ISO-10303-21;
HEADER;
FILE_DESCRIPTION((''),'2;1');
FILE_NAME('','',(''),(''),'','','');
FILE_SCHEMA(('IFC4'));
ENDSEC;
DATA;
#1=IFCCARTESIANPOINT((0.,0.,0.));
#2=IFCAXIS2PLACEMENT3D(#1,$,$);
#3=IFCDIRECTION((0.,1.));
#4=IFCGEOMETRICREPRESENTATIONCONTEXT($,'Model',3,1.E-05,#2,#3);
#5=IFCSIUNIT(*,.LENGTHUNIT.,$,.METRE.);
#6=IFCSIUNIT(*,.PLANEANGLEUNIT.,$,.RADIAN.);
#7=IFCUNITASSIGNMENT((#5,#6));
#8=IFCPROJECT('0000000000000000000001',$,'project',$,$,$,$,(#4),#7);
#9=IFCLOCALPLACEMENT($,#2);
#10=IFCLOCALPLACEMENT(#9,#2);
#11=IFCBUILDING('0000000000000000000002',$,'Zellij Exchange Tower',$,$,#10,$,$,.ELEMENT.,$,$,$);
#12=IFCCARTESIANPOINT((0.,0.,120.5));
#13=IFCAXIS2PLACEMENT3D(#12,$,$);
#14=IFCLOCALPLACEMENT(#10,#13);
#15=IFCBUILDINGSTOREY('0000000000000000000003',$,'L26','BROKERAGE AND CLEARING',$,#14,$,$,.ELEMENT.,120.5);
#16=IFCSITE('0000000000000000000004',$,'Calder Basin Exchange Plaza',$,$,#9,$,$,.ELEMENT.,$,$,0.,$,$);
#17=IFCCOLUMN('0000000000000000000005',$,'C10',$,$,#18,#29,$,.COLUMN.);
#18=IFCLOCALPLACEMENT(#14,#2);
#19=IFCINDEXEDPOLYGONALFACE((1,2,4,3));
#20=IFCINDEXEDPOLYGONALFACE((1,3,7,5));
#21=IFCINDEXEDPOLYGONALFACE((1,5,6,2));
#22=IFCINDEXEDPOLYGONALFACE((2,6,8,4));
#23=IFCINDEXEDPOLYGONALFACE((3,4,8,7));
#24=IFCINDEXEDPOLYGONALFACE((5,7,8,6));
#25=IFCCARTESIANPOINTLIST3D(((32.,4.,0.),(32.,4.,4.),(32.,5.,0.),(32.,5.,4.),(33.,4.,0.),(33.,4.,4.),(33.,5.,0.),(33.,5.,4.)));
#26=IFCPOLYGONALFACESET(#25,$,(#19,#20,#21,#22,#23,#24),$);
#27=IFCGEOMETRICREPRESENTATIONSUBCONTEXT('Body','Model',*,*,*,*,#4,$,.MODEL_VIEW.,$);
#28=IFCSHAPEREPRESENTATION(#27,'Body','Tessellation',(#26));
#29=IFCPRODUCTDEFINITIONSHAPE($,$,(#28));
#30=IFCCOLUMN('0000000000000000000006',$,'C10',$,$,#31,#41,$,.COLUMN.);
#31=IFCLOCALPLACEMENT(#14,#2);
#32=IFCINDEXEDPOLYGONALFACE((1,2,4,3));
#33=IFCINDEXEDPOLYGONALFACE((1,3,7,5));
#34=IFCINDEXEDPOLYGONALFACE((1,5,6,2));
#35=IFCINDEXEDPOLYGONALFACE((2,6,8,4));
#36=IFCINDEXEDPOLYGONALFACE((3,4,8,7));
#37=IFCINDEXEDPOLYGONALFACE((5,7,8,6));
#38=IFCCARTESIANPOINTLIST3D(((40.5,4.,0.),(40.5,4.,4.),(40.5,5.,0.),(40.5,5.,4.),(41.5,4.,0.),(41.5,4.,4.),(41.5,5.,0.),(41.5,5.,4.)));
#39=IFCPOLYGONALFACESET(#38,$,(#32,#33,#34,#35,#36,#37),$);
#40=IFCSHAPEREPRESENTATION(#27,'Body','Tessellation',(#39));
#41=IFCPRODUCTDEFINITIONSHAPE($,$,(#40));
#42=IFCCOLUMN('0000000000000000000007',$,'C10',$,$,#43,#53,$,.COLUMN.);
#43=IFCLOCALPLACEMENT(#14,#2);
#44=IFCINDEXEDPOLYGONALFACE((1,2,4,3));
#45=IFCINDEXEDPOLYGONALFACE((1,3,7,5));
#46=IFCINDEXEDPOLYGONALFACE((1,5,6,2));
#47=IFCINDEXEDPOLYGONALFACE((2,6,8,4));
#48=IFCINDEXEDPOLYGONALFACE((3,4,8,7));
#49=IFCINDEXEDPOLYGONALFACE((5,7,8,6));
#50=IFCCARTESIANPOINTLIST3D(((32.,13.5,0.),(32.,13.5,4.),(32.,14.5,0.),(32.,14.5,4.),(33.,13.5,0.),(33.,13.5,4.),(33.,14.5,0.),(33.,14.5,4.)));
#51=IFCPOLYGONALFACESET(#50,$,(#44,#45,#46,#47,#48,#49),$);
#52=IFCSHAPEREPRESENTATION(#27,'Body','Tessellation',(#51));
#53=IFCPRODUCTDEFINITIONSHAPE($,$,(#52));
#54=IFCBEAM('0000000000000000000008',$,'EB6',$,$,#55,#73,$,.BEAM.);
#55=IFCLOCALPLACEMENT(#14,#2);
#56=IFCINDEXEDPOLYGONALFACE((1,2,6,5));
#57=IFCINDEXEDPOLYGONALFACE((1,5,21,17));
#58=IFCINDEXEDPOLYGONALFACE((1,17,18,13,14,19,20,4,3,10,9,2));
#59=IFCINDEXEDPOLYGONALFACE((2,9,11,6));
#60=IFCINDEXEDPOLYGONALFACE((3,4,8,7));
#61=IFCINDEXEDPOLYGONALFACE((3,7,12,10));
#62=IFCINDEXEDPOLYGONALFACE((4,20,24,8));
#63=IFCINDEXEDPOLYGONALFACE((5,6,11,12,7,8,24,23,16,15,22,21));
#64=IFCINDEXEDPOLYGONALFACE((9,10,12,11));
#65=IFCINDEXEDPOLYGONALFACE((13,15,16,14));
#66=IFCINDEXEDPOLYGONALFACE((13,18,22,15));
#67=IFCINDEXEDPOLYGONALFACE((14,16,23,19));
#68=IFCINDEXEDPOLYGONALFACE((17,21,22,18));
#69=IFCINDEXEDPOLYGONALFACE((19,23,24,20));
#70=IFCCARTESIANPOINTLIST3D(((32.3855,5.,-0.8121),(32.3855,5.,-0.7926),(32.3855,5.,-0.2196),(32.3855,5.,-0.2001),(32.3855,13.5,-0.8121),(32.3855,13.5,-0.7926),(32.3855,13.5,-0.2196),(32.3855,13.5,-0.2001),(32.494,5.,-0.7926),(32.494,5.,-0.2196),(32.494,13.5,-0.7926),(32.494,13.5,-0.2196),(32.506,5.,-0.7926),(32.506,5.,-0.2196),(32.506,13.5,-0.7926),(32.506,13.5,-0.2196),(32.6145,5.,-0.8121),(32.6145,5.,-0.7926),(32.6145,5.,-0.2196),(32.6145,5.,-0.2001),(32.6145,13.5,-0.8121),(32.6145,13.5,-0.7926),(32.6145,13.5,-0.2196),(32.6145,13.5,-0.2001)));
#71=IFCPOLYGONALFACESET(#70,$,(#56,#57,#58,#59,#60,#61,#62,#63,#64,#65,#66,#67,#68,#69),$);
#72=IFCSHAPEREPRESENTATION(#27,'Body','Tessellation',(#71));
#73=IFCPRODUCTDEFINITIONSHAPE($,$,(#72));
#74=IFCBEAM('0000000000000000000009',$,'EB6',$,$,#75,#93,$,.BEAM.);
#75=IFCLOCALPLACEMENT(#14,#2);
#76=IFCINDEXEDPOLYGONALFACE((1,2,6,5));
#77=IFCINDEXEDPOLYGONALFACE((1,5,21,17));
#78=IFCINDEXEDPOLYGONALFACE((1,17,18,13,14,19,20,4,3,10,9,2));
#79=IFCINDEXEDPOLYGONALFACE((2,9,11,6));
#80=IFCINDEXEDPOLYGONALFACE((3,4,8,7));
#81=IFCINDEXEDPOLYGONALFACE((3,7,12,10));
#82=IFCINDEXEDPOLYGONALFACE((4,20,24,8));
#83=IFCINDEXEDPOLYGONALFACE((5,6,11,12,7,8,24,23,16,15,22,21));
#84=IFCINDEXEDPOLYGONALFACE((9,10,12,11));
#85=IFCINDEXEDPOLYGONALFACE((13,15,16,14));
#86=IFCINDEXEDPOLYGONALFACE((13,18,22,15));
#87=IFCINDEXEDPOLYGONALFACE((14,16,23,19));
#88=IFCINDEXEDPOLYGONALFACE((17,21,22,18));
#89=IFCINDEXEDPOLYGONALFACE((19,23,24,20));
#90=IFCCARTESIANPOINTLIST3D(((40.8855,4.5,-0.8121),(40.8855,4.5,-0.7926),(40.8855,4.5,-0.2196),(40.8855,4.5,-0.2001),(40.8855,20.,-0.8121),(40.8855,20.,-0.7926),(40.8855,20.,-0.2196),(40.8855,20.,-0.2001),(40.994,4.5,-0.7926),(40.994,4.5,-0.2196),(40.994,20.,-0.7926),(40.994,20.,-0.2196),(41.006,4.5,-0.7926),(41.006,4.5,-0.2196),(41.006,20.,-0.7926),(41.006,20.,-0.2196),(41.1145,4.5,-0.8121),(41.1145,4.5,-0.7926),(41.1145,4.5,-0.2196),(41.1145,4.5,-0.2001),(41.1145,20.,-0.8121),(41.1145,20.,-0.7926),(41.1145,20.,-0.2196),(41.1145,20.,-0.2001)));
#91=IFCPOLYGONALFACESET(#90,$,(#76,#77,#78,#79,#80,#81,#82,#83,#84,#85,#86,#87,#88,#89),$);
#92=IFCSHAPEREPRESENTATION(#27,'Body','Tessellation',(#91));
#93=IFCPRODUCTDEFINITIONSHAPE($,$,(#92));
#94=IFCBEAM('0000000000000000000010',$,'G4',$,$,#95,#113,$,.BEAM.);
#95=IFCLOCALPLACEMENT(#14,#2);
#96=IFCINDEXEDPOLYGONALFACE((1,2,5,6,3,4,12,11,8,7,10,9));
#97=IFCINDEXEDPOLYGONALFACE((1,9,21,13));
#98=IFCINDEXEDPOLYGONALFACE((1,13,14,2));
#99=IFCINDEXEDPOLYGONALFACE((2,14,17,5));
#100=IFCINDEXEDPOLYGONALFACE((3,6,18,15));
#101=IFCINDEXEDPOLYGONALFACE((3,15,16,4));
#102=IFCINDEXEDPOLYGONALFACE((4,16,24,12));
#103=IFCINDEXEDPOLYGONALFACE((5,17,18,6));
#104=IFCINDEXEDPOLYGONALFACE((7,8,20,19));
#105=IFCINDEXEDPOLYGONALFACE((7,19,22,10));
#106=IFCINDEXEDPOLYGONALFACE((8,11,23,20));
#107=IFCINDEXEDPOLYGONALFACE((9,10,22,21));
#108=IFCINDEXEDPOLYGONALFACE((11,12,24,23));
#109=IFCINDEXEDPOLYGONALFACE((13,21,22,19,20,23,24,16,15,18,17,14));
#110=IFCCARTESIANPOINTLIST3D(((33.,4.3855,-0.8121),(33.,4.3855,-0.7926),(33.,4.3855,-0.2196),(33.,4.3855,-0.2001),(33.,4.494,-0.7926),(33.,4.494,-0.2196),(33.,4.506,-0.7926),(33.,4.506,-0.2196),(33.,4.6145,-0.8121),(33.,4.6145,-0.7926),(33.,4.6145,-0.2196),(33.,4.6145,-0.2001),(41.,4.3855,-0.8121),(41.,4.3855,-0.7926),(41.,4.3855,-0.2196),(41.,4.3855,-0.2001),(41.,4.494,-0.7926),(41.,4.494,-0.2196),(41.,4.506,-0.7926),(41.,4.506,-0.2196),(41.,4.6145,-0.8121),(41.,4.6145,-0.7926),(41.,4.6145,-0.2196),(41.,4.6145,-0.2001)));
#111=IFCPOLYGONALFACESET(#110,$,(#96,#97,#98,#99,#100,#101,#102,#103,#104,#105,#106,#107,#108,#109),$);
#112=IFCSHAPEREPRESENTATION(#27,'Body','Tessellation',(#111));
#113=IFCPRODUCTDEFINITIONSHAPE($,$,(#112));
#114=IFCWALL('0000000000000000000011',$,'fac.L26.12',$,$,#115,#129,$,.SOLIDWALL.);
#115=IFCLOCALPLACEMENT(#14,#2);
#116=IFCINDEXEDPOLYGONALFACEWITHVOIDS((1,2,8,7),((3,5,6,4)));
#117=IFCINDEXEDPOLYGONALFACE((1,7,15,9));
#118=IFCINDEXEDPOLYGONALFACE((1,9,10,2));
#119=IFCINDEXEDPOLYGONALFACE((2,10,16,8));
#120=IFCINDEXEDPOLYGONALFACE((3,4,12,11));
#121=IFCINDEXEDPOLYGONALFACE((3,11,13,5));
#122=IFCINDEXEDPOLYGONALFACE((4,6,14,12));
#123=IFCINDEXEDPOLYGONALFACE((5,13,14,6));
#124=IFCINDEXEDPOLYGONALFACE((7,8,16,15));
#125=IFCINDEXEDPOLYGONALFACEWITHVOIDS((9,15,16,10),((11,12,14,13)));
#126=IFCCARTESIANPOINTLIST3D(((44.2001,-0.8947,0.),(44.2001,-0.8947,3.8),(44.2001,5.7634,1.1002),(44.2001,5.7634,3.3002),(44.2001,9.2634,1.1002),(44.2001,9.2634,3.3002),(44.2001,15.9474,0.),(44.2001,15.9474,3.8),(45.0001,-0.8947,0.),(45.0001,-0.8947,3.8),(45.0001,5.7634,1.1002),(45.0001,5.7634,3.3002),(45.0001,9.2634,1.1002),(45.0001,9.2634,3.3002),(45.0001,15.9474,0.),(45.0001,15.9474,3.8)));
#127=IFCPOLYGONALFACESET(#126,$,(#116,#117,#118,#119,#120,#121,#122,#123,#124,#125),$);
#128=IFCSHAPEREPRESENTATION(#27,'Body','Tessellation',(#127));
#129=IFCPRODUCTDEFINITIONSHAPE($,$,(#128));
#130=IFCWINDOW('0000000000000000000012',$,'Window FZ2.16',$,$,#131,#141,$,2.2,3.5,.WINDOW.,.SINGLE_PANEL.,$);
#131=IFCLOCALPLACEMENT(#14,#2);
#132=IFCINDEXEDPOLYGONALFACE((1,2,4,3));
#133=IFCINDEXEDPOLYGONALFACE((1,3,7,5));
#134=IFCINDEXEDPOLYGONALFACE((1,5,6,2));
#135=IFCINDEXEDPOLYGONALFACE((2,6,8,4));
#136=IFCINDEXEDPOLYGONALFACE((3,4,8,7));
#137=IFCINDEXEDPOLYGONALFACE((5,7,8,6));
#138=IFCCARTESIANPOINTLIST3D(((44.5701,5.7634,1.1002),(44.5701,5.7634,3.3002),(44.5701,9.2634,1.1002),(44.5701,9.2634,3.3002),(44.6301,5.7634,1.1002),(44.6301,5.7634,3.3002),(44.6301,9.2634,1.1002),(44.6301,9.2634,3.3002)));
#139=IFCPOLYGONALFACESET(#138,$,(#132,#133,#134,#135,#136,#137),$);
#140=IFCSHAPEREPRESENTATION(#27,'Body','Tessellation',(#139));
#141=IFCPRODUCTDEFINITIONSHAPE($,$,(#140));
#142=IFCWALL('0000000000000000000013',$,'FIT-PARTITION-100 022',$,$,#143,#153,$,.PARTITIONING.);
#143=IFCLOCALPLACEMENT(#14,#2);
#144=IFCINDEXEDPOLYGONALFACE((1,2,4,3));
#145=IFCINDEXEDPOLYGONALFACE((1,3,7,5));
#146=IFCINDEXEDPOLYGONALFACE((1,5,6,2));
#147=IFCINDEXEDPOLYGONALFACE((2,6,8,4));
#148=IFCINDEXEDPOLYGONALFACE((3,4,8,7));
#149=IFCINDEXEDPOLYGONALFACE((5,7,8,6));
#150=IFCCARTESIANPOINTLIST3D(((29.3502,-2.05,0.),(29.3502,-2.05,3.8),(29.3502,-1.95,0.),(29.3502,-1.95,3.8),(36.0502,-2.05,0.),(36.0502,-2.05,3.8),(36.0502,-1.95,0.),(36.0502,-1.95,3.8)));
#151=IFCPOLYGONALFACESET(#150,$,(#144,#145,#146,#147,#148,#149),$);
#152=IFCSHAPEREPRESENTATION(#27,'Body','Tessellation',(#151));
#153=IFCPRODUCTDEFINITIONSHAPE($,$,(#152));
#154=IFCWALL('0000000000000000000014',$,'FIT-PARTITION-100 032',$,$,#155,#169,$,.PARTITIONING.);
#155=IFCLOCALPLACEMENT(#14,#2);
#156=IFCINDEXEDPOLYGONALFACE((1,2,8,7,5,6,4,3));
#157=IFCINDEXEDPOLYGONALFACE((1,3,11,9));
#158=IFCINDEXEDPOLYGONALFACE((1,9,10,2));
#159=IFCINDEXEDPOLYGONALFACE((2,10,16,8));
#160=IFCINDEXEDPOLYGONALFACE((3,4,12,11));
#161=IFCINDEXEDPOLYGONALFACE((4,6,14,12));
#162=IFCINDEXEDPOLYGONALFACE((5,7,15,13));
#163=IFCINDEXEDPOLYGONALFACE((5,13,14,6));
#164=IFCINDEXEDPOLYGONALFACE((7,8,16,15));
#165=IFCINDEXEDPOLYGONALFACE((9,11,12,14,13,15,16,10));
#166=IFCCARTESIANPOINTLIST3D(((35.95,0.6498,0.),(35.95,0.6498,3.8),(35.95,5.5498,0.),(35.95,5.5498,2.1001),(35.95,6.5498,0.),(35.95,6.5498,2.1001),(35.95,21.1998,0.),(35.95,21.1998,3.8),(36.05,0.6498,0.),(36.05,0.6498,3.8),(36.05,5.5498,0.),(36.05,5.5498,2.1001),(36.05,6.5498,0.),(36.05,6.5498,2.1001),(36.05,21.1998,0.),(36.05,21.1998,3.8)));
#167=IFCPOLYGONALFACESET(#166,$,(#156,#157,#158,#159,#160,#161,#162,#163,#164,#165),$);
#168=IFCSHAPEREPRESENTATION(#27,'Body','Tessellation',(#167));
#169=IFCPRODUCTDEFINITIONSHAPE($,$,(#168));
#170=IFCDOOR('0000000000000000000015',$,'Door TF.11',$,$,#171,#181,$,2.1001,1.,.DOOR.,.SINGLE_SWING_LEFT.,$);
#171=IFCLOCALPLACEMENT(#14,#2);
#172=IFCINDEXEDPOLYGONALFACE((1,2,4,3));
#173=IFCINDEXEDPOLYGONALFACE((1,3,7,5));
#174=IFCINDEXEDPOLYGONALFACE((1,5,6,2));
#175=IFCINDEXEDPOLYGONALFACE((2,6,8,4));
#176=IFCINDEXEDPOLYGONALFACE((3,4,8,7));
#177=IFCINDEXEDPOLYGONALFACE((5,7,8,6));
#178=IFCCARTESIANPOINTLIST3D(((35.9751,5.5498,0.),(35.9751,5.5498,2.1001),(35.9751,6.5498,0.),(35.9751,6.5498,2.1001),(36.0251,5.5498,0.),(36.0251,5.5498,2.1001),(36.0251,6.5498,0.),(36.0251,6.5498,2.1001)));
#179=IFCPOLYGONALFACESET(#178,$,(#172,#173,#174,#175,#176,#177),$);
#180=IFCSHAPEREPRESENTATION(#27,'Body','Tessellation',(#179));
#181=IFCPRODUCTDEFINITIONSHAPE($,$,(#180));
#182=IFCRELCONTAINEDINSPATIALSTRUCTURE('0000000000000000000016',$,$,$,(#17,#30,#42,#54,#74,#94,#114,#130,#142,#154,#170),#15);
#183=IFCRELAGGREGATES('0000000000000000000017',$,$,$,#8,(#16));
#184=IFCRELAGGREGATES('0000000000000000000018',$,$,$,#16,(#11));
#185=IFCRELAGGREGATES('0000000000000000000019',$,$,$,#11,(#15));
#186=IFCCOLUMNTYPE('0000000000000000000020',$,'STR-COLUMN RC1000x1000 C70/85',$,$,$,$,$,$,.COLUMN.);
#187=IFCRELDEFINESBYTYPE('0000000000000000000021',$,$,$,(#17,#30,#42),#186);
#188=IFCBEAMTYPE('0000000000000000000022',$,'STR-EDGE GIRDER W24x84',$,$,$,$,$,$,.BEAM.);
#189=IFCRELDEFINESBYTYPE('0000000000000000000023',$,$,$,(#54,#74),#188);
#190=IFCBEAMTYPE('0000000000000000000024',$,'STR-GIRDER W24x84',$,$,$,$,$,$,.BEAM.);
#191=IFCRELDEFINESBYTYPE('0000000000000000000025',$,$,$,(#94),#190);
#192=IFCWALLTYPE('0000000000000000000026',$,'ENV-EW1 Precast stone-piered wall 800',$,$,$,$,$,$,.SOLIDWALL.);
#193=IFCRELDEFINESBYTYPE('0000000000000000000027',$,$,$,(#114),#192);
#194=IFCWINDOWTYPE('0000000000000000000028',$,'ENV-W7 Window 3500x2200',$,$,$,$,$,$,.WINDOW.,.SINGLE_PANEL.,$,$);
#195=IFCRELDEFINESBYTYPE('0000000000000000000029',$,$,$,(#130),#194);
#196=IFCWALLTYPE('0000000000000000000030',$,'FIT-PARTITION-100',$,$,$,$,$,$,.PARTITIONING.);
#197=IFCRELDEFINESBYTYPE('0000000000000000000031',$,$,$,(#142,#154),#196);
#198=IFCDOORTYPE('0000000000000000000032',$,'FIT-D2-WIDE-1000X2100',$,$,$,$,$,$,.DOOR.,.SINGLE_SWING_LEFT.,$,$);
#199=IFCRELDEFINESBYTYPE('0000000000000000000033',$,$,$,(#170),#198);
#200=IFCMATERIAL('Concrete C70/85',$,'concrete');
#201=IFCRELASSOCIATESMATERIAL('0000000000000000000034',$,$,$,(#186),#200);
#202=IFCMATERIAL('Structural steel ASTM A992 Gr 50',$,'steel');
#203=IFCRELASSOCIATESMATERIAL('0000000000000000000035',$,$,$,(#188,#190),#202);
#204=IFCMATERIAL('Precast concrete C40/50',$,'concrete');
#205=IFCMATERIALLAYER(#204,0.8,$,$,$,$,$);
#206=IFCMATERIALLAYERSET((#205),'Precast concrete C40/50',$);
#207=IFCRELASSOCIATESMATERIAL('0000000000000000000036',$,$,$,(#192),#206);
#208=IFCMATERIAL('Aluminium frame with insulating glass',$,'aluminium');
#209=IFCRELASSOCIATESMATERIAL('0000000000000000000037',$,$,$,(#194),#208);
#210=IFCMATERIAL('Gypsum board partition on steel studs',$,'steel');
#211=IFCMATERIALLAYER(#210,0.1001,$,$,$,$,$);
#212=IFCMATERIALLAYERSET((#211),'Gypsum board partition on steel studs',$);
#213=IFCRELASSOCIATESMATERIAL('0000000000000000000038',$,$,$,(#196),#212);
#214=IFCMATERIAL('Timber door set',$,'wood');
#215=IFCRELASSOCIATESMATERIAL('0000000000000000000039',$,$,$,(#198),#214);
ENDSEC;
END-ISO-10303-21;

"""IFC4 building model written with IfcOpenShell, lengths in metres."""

from ifc_helpers import new_model, si_unit, direction, frame, frame_2d, origin, origin_2d, place, context, subcontext, project, spatial, rectangle, i_section, extrude, material, layer, layer_set, material_profile, profile_set, type_object, element, fill, save


model = new_model("IFC4")

# Units and contexts
model_context = context("Model", 3, precision=1e-05, world=origin(), true_north=direction((0.0, 1.0)))
body_context = subcontext(model_context, "Body", "Model", "MODEL_VIEW")
ifc_project = project(units=[si_unit("LENGTHUNIT", "METRE"), si_unit("PLANEANGLEUNIT", "RADIAN")], contexts=[model_context])

# Site, building, storey
site_placement = place(None, origin())
site = spatial("IfcSite", under=ifc_project, at=site_placement, Name="Calder Basin Exchange Plaza", CompositionType="ELEMENT", RefElevation=0.0)
building_placement = place(site_placement, origin())
building = spatial("IfcBuilding", under=site, at=building_placement, Name="Zellij Exchange Tower", CompositionType="ELEMENT")
storey_placement = place(building_placement, frame((0.0, 0.0, 120.5)))
storey = spatial("IfcBuildingStorey", under=building, at=storey_placement, Name="L26", Description="BROKERAGE AND CLEARING", CompositionType="ELEMENT", Elevation=120.5)

# Columns
ifc_material_1 = material(Name="Concrete C70/85", Category="concrete")
ifc_material_profile_1 = material_profile(ifc_material_1, rectangle(XDim=1.0, YDim=1.0, at=origin_2d()), Name="STR-COLUMN RC1000x1000 C70/85")
ifc_profile_set_1 = profile_set([ifc_material_profile_1], Name="Concrete C70/85")
column_type = type_object("IfcColumnType", Name="STR-COLUMN RC1000x1000 C70/85", PredefinedType="COLUMN", material=ifc_profile_set_1)
for number, where, z_axis, x_axis, name in (
    (1, (32.5, 4.5, 0.0), (0.0, 0.0, 1.0), (1.0, 0.0, 0.0), "C10"),
    (2, (41.0, 4.5, 0.0), (0.0, 0.0, 1.0), (1.0, 0.0, 0.0), "C10"),
    (3, (32.5, 14.0, 0.0), (0.0, 0.0, 1.0), (1.0, 0.0, 0.0), "C10"),
):
    element("IfcColumn", number, at=place(storey_placement, frame(where, z_axis=z_axis, x_axis=x_axis)), inside=storey, type_object=column_type, Name=name, PredefinedType="COLUMN", context=body_context, shape_type="SweptSolid", body=[
        extrude(rectangle(XDim=1.0, YDim=1.0, at=origin_2d()), origin(), (0.0, 0.0, 1.0), 4.0),
    ])

# Beams
ifc_material_2 = material(Name="Structural steel ASTM A992 Gr 50", Category="steel")
ifc_material_profile_2 = material_profile(ifc_material_2, i_section(OverallWidth=0.229, OverallDepth=0.6121, WebThickness=0.012, FlangeThickness=0.0195, at=origin_2d()), Name="W24x84")
ifc_profile_set_2 = profile_set([ifc_material_profile_2], Name="Structural steel ASTM A992 Gr 50")
beam_type_1 = type_object("IfcBeamType", Name="STR-EDGE GIRDER W24x84", PredefinedType="BEAM", material=ifc_profile_set_2)
beam_1_placement = place(storey_placement, frame((32.5, 5.0, -0.5061), z_axis=(0.0, 1.0, 0.0), x_axis=(-1.0, 0.0, 0.0)))
element("IfcBeam", 4, at=beam_1_placement, inside=storey, type_object=beam_type_1, Name="EB6", PredefinedType="BEAM", context=body_context, shape_type="SweptSolid", body=[
    extrude(i_section(OverallWidth=0.229, OverallDepth=0.6121, WebThickness=0.012, FlangeThickness=0.0195, at=origin_2d()), origin(), (0.0, 0.0, 1.0), 8.5),
])
beam_2_placement = place(storey_placement, frame((41.0, 4.5, -0.5061), z_axis=(0.0, 1.0, 0.0), x_axis=(-1.0, 0.0, 0.0)))
element("IfcBeam", 5, at=beam_2_placement, inside=storey, type_object=beam_type_1, Name="EB6", PredefinedType="BEAM", context=body_context, shape_type="SweptSolid", body=[
    extrude(i_section(OverallWidth=0.229, OverallDepth=0.6121, WebThickness=0.012, FlangeThickness=0.0195, at=origin_2d()), origin(), (0.0, 0.0, 1.0), 15.5),
])
ifc_material_profile_3 = material_profile(ifc_material_2, i_section(OverallWidth=0.229, OverallDepth=0.6121, WebThickness=0.012, FlangeThickness=0.0195, at=origin_2d()), Name="W24x84")
ifc_profile_set_3 = profile_set([ifc_material_profile_3], Name="Structural steel ASTM A992 Gr 50")
beam_type_2 = type_object("IfcBeamType", Name="STR-GIRDER W24x84", PredefinedType="BEAM", material=ifc_profile_set_3)
beam_3_placement = place(storey_placement, frame((33.0, 4.5, -0.5061), z_axis=(1.0, 0.0, 0.0), x_axis=(0.0, 1.0, 0.0)))
element("IfcBeam", 6, at=beam_3_placement, inside=storey, type_object=beam_type_2, Name="G4", PredefinedType="BEAM", context=body_context, shape_type="SweptSolid", body=[
    extrude(i_section(OverallWidth=0.229, OverallDepth=0.6121, WebThickness=0.012, FlangeThickness=0.0195, at=origin_2d()), origin(), (0.0, 0.0, 1.0), 8.0),
])

# Wall, opening, window
ifc_material_3 = material(Name="Precast concrete C40/50", Category="concrete")
ifc_layer_1 = layer(ifc_material_3, 0.8)
ifc_layer_set_1 = layer_set([ifc_layer_1], Name="Precast concrete C40/50")
wall_type_1 = type_object("IfcWallType", Name="ENV-EW1 Precast stone-piered wall 800", PredefinedType="SOLIDWALL", material=ifc_layer_set_1)
wall_1_placement = place(storey_placement, frame((44.6001, -0.8945, 0.0), z_axis=(0.0, 0.0, 1.0), x_axis=(0.0, 1.0, 0.0)))
wall_1 = element("IfcWall", 7, at=wall_1_placement, inside=storey, type_object=wall_type_1, Name="fac.L26.12", PredefinedType="SOLIDWALL", context=body_context, shape_type="SweptSolid", body=[
    extrude(rectangle(XDim=16.842, YDim=0.8, at=frame_2d((8.4209, 0.0))), origin(), (0.0, 0.0, 1.0), 3.8),
])
opening_1_placement = place(wall_1_placement, frame((6.658, 0.0, 1.1001)))
opening_1 = element("IfcOpeningElement", 8, at=opening_1_placement, cuts=wall_1, PredefinedType="OPENING", context=body_context, shape_type="SweptSolid", body=[
    extrude(rectangle(XDim=3.5, YDim=2.2, at=frame_2d((1.75, 1.1001))), frame((0.0, 0.4121, 0.0), z_axis=(0.0, -1.0, 0.0), x_axis=(1.0, 0.0, 0.0)), (0.0, 0.0, 1.0), 0.824),
])
ifc_material_4 = material(Name="Aluminium frame with insulating glass", Category="aluminium")
window_type = type_object("IfcWindowType", Name="ENV-W7 Window 3500x2200", PartitioningType="SINGLE_PANEL", PredefinedType="WINDOW", material=ifc_material_4)
window_placement = place(opening_1_placement, origin())
window = element("IfcWindow", 9, at=window_placement, inside=storey, type_object=window_type, Name="Window FZ2.16", OverallHeight=2.2, OverallWidth=3.5, PartitioningType="SINGLE_PANEL", PredefinedType="WINDOW", context=body_context, shape_type="SweptSolid", body=[
    extrude(rectangle(XDim=3.5, YDim=2.2, at=frame_2d((1.75, 1.1001))), frame((0.0, 0.03, 0.0), z_axis=(0.0, -1.0, 0.0), x_axis=(1.0, 0.0, 0.0)), (0.0, 0.0, 1.0), 0.0601),
])
fill(opening_1, window)

# Wall
ifc_material_5 = material(Name="Gypsum board partition on steel studs", Category="steel")
ifc_layer_2 = layer(ifc_material_5, 0.1001)
ifc_layer_set_2 = layer_set([ifc_layer_2], Name="Gypsum board partition on steel studs")
wall_type_2 = type_object("IfcWallType", Name="FIT-PARTITION-100", PredefinedType="PARTITIONING", material=ifc_layer_set_2)
wall_2_placement = place(storey_placement, frame((29.3501, -2.0, 0.0), z_axis=(0.0, 0.0, 1.0), x_axis=(1.0, 0.0, 0.0)))
element("IfcWall", 10, at=wall_2_placement, inside=storey, type_object=wall_type_2, Name="FIT-PARTITION-100 022", PredefinedType="PARTITIONING", context=body_context, shape_type="SweptSolid", body=[
    extrude(rectangle(XDim=6.7, YDim=0.1001, at=frame_2d((3.3501, 0.0))), origin(), (0.0, 0.0, 1.0), 3.8),
])

# Wall, opening, door
wall_3_placement = place(storey_placement, frame((36.0, 0.6499, 0.0), z_axis=(0.0, 0.0, 1.0), x_axis=(0.0, 1.0, 0.0)))
wall_3 = element("IfcWall", 11, at=wall_3_placement, inside=storey, type_object=wall_type_2, Name="FIT-PARTITION-100 032", PredefinedType="PARTITIONING", context=body_context, shape_type="SweptSolid", body=[
    extrude(rectangle(XDim=20.55, YDim=0.1001, at=frame_2d((10.2749, 0.0))), origin(), (0.0, 0.0, 1.0), 3.8),
])
opening_2_placement = place(wall_3_placement, frame((4.8999, 0.0, 0.0)))
opening_2 = element("IfcOpeningElement", 12, at=opening_2_placement, cuts=wall_3, PredefinedType="OPENING", context=body_context, shape_type="SweptSolid", body=[
    extrude(rectangle(XDim=1.0, YDim=2.1001, at=frame_2d((0.5, 1.05))), frame((0.0, 0.062, 0.0), z_axis=(0.0, -1.0, 0.0), x_axis=(1.0, 0.0, 0.0)), (0.0, 0.0, 1.0), 0.124),
])
ifc_material_6 = material(Name="Timber door set", Category="wood")
door_type = type_object("IfcDoorType", Name="FIT-D2-WIDE-1000X2100", OperationType="SINGLE_SWING_LEFT", PredefinedType="DOOR", material=ifc_material_6)
door_placement = place(opening_2_placement, origin())
door = element("IfcDoor", 13, at=door_placement, inside=storey, type_object=door_type, Name="Door TF.11", OperationType="SINGLE_SWING_LEFT", OverallHeight=2.1001, OverallWidth=1.0, PredefinedType="DOOR", context=body_context, shape_type="SweptSolid", body=[
    extrude(rectangle(XDim=1.0, YDim=2.1001, at=frame_2d((0.5, 1.05))), frame((0.0, 0.0249, 0.0), z_axis=(0.0, -1.0, 0.0), x_axis=(1.0, 0.0, 0.0)), (0.0, 0.0, 1.0), 0.05),
])
fill(opening_2, door)

save(model, "model.ifc")
